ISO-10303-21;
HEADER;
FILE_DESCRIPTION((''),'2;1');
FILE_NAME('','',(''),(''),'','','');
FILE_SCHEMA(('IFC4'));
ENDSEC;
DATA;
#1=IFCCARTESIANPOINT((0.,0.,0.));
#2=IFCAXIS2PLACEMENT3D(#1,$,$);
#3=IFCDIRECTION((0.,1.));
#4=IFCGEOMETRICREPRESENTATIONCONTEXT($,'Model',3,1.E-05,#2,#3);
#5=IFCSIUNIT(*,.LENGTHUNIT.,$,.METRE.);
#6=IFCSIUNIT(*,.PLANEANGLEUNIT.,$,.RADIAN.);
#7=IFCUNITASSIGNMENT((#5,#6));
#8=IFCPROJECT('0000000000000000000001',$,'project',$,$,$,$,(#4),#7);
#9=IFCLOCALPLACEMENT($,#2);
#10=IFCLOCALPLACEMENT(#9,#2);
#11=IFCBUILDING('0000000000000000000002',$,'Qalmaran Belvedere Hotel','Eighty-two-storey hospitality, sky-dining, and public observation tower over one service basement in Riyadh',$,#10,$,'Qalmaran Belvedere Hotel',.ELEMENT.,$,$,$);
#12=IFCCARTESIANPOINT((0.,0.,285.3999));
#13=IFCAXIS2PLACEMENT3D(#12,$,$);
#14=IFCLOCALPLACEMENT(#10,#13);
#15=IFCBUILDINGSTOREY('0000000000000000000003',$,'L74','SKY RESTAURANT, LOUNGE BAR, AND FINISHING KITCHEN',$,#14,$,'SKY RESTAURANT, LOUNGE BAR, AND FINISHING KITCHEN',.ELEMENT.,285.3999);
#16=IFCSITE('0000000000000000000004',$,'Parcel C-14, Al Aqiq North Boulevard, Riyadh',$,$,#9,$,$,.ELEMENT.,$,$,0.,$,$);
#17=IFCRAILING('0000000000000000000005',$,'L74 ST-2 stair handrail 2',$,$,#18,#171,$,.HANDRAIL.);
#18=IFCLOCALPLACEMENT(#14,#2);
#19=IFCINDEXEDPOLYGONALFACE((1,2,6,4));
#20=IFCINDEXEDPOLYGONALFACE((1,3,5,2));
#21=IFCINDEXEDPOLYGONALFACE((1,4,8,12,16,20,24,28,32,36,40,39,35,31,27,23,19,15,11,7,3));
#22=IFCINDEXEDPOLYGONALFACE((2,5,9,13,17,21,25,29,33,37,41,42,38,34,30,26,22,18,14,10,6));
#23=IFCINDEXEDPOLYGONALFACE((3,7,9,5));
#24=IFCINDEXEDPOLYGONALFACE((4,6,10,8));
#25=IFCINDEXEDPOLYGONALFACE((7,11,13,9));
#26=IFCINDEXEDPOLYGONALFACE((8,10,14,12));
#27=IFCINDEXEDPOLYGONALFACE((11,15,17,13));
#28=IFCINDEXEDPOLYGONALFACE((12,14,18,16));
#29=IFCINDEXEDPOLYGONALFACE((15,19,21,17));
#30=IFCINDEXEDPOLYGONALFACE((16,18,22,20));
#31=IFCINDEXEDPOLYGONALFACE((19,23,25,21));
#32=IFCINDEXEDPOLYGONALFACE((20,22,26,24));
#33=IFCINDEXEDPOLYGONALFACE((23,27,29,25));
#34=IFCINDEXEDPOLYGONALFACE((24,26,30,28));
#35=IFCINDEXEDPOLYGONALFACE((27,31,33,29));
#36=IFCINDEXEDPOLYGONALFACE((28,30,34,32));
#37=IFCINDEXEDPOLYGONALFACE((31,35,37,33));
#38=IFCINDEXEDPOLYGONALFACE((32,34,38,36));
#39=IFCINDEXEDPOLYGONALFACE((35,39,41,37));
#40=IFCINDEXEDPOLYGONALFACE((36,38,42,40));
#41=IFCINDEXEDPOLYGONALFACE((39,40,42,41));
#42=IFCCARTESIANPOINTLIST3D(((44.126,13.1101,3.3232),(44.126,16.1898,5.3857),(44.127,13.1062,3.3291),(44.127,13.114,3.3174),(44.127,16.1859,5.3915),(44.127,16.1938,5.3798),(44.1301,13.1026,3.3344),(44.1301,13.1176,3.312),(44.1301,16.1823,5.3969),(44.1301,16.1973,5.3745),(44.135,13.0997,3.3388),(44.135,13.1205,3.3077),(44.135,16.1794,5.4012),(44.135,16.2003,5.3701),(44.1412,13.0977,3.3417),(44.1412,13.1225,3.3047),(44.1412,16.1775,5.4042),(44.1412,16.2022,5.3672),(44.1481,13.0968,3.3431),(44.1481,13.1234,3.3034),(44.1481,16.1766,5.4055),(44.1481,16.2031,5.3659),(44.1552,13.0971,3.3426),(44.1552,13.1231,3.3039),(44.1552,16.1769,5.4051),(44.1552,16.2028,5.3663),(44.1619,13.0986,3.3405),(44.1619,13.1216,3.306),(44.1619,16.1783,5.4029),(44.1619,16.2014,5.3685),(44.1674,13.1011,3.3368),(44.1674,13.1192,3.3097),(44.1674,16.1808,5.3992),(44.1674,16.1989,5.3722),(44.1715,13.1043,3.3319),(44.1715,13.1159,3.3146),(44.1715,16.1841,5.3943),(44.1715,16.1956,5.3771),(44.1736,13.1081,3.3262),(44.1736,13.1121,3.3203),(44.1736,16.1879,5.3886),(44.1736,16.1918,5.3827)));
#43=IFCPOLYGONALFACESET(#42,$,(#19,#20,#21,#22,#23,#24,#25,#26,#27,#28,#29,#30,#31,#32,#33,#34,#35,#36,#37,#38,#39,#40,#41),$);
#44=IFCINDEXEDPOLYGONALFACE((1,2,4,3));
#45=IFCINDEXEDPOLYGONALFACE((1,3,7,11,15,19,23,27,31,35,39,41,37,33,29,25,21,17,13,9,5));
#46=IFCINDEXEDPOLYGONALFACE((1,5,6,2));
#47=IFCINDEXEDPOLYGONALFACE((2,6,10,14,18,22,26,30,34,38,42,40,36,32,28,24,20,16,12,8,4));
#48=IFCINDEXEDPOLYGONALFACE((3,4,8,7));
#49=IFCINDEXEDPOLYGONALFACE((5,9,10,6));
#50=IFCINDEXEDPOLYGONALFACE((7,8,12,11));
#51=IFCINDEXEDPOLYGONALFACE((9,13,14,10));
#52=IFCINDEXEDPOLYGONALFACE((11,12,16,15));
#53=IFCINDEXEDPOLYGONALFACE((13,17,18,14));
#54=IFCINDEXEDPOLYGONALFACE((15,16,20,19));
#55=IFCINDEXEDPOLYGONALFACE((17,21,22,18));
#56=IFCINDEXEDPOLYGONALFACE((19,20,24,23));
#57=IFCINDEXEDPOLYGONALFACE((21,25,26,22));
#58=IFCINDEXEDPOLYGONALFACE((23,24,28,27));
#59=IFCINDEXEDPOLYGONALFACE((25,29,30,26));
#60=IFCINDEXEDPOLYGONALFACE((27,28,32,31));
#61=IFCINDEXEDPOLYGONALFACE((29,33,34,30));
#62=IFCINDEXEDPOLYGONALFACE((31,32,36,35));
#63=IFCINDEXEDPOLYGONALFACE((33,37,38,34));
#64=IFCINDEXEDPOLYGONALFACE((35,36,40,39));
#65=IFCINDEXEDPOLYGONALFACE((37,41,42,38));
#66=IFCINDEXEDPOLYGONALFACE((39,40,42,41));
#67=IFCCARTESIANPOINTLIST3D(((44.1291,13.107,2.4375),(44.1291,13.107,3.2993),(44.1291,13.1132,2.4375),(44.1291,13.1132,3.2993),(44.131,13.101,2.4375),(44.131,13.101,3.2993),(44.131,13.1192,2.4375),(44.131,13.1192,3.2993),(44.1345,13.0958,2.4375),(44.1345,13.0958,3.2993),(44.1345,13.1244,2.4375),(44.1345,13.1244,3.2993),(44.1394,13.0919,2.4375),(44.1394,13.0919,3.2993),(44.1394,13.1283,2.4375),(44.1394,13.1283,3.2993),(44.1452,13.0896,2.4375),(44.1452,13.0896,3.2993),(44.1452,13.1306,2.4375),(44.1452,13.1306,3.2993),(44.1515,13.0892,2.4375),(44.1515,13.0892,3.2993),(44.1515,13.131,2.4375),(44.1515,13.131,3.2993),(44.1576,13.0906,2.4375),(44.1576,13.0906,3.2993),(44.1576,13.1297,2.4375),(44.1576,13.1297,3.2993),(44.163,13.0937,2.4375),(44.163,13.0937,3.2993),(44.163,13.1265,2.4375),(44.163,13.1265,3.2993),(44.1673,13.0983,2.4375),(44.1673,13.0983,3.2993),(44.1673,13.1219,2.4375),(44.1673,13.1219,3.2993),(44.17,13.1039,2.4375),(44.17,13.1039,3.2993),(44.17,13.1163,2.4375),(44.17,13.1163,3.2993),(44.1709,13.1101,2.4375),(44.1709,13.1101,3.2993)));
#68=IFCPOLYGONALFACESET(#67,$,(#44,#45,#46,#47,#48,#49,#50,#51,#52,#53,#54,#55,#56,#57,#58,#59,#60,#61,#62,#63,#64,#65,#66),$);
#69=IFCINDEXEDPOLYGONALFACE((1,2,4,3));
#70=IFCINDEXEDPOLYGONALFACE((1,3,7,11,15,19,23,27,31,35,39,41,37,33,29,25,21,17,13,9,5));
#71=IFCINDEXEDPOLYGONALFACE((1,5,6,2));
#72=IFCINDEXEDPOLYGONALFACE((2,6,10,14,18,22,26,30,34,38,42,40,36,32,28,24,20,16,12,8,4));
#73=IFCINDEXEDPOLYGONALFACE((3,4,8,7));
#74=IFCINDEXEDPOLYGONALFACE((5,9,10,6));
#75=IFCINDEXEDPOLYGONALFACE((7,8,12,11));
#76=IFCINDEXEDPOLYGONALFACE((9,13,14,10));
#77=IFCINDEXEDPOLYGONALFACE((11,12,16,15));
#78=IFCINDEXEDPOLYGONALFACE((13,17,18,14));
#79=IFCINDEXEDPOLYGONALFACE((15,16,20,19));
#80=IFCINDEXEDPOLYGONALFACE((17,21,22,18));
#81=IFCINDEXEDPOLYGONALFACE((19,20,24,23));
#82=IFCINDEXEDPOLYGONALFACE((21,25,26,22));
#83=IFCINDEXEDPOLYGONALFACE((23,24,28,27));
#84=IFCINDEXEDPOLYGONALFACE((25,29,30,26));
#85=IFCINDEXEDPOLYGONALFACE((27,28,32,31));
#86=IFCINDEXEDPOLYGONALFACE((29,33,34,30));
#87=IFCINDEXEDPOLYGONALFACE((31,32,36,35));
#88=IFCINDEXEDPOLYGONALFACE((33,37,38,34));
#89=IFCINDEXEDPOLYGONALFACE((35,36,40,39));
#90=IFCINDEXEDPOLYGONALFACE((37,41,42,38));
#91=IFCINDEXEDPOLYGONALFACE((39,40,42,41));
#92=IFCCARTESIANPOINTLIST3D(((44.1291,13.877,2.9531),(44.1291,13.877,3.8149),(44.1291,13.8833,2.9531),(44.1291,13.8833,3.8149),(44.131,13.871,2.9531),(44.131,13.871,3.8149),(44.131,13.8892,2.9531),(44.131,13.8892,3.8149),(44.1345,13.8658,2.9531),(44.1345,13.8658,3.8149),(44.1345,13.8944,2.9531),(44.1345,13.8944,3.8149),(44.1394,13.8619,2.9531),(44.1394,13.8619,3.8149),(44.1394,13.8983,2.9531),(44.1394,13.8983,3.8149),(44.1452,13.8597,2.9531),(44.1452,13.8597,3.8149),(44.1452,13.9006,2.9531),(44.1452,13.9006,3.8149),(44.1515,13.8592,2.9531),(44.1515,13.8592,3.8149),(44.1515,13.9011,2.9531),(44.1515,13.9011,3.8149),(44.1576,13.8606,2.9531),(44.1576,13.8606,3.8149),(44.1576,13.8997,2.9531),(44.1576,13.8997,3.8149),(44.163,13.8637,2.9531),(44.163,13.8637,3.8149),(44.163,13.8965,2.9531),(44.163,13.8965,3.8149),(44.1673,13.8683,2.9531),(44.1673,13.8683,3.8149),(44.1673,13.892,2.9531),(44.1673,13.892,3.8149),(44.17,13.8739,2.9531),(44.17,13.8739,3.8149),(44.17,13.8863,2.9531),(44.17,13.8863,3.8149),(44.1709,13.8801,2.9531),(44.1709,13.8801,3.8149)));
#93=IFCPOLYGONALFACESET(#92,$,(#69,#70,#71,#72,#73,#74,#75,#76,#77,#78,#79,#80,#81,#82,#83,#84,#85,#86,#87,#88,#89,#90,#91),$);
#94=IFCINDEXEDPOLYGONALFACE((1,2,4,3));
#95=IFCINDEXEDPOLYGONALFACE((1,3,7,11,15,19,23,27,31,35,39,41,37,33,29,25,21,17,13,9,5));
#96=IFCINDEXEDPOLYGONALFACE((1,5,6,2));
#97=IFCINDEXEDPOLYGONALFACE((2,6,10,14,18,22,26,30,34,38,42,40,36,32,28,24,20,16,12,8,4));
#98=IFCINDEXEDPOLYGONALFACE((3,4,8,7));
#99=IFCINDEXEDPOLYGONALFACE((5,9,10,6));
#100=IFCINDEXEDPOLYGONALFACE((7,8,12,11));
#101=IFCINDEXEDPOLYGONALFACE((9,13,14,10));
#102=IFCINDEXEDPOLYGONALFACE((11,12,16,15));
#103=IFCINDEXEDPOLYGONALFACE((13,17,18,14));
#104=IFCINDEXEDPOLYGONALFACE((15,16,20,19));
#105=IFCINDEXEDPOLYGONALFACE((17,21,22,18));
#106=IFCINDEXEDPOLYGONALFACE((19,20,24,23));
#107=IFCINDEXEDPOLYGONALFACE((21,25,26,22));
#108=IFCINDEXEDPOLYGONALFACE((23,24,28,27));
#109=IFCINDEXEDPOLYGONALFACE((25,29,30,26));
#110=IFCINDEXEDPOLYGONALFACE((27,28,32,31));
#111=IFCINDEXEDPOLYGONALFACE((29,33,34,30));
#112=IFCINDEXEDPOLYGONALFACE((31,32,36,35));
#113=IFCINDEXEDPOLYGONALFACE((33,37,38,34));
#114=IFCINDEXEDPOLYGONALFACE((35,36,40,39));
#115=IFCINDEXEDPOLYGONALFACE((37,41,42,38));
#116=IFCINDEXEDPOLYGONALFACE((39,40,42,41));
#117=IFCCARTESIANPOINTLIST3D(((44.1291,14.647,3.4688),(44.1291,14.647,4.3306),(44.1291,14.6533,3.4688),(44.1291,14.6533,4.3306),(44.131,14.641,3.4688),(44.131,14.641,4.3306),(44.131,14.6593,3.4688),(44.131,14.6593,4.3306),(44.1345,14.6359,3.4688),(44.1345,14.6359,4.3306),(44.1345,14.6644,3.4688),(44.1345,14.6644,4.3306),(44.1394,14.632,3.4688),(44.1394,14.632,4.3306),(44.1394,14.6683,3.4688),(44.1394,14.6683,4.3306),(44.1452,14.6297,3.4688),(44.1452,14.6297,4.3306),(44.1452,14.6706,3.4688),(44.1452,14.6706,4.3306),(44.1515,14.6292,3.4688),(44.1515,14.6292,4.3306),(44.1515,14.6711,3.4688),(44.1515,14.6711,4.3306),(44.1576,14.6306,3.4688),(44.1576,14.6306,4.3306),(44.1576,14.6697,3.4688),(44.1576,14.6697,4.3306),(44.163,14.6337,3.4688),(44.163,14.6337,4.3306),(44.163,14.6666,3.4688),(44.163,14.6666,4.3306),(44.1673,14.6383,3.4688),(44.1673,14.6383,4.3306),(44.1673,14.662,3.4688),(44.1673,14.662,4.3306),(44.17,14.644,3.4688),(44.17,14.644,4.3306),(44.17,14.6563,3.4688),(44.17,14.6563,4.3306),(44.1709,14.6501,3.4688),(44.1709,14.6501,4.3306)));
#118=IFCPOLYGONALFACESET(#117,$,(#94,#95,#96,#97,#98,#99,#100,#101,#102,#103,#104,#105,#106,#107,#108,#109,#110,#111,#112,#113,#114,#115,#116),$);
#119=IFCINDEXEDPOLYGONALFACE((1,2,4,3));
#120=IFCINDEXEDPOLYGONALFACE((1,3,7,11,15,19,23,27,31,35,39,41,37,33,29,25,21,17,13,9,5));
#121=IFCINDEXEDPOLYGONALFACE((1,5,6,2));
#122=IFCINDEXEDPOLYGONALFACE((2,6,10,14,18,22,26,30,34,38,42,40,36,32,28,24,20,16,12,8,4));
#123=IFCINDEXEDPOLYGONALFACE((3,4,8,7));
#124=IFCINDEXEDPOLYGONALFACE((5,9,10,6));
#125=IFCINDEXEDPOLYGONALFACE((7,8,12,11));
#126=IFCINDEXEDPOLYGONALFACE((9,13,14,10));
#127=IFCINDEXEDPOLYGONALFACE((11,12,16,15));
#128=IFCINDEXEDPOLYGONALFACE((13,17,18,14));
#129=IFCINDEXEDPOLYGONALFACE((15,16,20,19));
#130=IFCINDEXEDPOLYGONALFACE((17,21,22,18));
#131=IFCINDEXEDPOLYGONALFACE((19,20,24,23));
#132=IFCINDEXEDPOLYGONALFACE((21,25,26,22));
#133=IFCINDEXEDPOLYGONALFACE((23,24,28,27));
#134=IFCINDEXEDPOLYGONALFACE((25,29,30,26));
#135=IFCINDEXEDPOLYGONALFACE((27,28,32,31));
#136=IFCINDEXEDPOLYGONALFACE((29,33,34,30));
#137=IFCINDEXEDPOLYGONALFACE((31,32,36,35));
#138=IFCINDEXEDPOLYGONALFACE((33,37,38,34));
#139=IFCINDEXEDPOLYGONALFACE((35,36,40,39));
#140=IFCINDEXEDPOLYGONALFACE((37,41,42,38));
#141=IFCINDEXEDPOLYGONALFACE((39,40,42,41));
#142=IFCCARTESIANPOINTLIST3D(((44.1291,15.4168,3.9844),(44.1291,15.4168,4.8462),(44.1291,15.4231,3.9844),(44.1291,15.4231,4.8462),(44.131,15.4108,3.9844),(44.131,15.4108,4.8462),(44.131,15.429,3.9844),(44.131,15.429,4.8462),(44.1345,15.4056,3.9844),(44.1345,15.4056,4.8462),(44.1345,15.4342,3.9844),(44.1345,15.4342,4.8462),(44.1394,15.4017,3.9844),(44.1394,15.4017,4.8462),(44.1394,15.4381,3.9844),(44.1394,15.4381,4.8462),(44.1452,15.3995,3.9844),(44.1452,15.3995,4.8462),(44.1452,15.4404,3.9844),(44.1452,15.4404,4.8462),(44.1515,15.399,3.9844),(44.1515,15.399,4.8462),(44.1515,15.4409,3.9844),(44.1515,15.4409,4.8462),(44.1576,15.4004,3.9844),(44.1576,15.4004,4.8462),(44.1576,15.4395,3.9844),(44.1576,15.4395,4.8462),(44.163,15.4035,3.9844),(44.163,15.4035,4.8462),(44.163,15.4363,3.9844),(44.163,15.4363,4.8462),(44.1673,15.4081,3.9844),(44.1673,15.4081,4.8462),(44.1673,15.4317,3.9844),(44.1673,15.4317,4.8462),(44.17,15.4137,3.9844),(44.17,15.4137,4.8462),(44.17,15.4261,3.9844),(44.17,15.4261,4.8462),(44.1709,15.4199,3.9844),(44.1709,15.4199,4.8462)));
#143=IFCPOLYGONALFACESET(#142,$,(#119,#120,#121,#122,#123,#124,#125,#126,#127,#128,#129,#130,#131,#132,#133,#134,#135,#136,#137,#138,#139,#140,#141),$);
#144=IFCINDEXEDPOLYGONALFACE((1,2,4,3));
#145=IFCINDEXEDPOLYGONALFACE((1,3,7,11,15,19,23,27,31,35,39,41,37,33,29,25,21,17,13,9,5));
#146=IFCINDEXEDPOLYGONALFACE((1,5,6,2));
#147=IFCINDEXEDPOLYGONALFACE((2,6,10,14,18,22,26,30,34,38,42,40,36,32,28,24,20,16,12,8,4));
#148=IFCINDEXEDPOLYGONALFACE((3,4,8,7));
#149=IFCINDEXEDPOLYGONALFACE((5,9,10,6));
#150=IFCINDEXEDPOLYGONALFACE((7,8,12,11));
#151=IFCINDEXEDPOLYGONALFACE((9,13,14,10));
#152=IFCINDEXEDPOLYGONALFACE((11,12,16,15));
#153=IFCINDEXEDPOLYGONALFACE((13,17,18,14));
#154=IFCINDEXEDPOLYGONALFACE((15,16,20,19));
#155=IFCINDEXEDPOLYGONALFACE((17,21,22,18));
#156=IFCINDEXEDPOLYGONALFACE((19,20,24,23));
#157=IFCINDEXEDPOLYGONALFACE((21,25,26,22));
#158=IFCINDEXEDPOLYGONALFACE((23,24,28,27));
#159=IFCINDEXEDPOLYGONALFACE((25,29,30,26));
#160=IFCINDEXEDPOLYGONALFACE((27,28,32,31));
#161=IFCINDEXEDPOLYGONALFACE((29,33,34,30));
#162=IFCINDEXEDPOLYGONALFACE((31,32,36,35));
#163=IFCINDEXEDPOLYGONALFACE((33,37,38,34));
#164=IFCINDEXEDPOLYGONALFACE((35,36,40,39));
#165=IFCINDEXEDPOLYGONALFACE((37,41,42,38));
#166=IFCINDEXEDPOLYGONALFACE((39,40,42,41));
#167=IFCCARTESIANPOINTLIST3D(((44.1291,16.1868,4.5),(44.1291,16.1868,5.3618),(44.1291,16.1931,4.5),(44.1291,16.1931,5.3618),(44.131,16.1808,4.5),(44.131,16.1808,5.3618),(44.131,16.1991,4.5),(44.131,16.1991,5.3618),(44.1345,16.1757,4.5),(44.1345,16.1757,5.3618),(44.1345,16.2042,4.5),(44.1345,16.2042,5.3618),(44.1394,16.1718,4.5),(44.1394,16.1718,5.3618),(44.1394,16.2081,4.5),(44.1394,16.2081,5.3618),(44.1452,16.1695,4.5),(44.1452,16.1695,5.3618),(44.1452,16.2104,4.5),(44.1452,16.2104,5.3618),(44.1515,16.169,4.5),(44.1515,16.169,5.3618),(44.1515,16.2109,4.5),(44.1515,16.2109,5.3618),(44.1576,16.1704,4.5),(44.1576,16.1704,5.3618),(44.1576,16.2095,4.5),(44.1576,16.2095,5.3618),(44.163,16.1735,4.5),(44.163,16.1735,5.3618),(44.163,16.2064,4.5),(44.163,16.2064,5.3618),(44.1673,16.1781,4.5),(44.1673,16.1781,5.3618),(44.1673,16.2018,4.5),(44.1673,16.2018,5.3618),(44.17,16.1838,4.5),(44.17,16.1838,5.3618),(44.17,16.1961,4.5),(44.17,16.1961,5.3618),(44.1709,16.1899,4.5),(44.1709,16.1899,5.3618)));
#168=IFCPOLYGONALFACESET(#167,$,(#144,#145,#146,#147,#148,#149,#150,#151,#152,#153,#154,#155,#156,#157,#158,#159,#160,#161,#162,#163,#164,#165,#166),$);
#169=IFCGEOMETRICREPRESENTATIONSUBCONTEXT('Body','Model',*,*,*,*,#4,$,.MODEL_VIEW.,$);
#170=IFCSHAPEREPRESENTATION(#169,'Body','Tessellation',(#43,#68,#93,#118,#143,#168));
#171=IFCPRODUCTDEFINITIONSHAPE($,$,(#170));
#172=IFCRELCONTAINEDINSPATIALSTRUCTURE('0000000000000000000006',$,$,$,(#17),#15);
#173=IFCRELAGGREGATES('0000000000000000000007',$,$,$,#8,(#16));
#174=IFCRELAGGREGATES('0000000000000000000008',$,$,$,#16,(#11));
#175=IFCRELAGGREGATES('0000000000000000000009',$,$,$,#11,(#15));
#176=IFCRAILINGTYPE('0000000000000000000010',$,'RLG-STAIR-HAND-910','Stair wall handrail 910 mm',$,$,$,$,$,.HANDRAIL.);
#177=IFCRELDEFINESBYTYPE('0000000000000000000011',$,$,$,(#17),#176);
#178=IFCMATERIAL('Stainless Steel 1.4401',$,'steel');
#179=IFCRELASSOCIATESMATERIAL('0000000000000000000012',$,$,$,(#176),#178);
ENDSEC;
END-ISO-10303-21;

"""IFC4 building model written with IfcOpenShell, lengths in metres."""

from ifc_helpers import new_model, si_unit, direction, frame, origin, origin_2d, place, context, subcontext, project, spatial, circle, extrude, material, type_object, element, save


model = new_model("IFC4")

# Units and contexts
model_context = context("Model", 3, precision=1e-05, world=origin(), true_north=direction((0.0, 1.0)))
body_context = subcontext(model_context, "Body", "Model", "MODEL_VIEW")
ifc_project = project(units=[si_unit("LENGTHUNIT", "METRE"), si_unit("PLANEANGLEUNIT", "RADIAN")], contexts=[model_context])

# Site, building, storey
site_placement = place(None, origin())
site = spatial("IfcSite", under=ifc_project, at=site_placement, Name="Parcel C-14, Al Aqiq North Boulevard, Riyadh", CompositionType="ELEMENT", RefElevation=0.0)
building_placement = place(site_placement, origin())
building = spatial("IfcBuilding", under=site, at=building_placement, Name="Qalmaran Belvedere Hotel", Description="Eighty-two-storey hospitality, sky-dining, and public observation tower over one service basement in Riyadh", LongName="Qalmaran Belvedere Hotel", CompositionType="ELEMENT")
storey_placement = place(building_placement, frame((0.0, 0.0, 285.3999)))
storey = spatial("IfcBuildingStorey", under=building, at=storey_placement, Name="L74", Description="SKY RESTAURANT, LOUNGE BAR, AND FINISHING KITCHEN", LongName="SKY RESTAURANT, LOUNGE BAR, AND FINISHING KITCHEN", CompositionType="ELEMENT", Elevation=285.3999)

# Railing
ifc_material_1 = material(Name="Stainless Steel 1.4401", Category="steel")
railing_type_1 = type_object("IfcRailingType", Name="RLG-STAIR-HAND-910", Description="Stair wall handrail 910 mm", PredefinedType="HANDRAIL", material=ifc_material_1)
railing_1_placement = place(storey_placement, frame((44.1499, 13.1101, 2.4375)))
element("IfcRailing", 1, at=railing_1_placement, inside=storey, type_object=railing_type_1, Name="L74 ST-2 stair handrail 2", PredefinedType="HANDRAIL", context=body_context, shape_type="SweptSolid", body=[
    extrude(circle(Radius=0.0239, at=origin_2d()), frame((0.0, 0.0, 0.8857), z_axis=(0.0, 0.830893, 0.556432), x_axis=(-1.0, 0.0, 0.0)), (0.0, 0.0, 1.0), 3.7065),
    extrude(circle(Radius=0.021, at=origin_2d()), origin(), (0.0, 0.0, 1.0), 0.8618),
    extrude(circle(Radius=0.021, at=origin_2d()), frame((0.0, 0.77, 0.5156)), (0.0, 0.0, 1.0), 0.8618),
    extrude(circle(Radius=0.021, at=origin_2d()), frame((0.0, 1.54, 1.0312)), (0.0, 0.0, 1.0), 0.8618),
    extrude(circle(Radius=0.021, at=origin_2d()), frame((0.0, 2.3098, 1.5469)), (0.0, 0.0, 1.0), 0.8618),
    extrude(circle(Radius=0.021, at=origin_2d()), frame((0.0, 3.0798, 2.0625)), (0.0, 0.0, 1.0), 0.8618),
])

save(model, "model.ifc")
